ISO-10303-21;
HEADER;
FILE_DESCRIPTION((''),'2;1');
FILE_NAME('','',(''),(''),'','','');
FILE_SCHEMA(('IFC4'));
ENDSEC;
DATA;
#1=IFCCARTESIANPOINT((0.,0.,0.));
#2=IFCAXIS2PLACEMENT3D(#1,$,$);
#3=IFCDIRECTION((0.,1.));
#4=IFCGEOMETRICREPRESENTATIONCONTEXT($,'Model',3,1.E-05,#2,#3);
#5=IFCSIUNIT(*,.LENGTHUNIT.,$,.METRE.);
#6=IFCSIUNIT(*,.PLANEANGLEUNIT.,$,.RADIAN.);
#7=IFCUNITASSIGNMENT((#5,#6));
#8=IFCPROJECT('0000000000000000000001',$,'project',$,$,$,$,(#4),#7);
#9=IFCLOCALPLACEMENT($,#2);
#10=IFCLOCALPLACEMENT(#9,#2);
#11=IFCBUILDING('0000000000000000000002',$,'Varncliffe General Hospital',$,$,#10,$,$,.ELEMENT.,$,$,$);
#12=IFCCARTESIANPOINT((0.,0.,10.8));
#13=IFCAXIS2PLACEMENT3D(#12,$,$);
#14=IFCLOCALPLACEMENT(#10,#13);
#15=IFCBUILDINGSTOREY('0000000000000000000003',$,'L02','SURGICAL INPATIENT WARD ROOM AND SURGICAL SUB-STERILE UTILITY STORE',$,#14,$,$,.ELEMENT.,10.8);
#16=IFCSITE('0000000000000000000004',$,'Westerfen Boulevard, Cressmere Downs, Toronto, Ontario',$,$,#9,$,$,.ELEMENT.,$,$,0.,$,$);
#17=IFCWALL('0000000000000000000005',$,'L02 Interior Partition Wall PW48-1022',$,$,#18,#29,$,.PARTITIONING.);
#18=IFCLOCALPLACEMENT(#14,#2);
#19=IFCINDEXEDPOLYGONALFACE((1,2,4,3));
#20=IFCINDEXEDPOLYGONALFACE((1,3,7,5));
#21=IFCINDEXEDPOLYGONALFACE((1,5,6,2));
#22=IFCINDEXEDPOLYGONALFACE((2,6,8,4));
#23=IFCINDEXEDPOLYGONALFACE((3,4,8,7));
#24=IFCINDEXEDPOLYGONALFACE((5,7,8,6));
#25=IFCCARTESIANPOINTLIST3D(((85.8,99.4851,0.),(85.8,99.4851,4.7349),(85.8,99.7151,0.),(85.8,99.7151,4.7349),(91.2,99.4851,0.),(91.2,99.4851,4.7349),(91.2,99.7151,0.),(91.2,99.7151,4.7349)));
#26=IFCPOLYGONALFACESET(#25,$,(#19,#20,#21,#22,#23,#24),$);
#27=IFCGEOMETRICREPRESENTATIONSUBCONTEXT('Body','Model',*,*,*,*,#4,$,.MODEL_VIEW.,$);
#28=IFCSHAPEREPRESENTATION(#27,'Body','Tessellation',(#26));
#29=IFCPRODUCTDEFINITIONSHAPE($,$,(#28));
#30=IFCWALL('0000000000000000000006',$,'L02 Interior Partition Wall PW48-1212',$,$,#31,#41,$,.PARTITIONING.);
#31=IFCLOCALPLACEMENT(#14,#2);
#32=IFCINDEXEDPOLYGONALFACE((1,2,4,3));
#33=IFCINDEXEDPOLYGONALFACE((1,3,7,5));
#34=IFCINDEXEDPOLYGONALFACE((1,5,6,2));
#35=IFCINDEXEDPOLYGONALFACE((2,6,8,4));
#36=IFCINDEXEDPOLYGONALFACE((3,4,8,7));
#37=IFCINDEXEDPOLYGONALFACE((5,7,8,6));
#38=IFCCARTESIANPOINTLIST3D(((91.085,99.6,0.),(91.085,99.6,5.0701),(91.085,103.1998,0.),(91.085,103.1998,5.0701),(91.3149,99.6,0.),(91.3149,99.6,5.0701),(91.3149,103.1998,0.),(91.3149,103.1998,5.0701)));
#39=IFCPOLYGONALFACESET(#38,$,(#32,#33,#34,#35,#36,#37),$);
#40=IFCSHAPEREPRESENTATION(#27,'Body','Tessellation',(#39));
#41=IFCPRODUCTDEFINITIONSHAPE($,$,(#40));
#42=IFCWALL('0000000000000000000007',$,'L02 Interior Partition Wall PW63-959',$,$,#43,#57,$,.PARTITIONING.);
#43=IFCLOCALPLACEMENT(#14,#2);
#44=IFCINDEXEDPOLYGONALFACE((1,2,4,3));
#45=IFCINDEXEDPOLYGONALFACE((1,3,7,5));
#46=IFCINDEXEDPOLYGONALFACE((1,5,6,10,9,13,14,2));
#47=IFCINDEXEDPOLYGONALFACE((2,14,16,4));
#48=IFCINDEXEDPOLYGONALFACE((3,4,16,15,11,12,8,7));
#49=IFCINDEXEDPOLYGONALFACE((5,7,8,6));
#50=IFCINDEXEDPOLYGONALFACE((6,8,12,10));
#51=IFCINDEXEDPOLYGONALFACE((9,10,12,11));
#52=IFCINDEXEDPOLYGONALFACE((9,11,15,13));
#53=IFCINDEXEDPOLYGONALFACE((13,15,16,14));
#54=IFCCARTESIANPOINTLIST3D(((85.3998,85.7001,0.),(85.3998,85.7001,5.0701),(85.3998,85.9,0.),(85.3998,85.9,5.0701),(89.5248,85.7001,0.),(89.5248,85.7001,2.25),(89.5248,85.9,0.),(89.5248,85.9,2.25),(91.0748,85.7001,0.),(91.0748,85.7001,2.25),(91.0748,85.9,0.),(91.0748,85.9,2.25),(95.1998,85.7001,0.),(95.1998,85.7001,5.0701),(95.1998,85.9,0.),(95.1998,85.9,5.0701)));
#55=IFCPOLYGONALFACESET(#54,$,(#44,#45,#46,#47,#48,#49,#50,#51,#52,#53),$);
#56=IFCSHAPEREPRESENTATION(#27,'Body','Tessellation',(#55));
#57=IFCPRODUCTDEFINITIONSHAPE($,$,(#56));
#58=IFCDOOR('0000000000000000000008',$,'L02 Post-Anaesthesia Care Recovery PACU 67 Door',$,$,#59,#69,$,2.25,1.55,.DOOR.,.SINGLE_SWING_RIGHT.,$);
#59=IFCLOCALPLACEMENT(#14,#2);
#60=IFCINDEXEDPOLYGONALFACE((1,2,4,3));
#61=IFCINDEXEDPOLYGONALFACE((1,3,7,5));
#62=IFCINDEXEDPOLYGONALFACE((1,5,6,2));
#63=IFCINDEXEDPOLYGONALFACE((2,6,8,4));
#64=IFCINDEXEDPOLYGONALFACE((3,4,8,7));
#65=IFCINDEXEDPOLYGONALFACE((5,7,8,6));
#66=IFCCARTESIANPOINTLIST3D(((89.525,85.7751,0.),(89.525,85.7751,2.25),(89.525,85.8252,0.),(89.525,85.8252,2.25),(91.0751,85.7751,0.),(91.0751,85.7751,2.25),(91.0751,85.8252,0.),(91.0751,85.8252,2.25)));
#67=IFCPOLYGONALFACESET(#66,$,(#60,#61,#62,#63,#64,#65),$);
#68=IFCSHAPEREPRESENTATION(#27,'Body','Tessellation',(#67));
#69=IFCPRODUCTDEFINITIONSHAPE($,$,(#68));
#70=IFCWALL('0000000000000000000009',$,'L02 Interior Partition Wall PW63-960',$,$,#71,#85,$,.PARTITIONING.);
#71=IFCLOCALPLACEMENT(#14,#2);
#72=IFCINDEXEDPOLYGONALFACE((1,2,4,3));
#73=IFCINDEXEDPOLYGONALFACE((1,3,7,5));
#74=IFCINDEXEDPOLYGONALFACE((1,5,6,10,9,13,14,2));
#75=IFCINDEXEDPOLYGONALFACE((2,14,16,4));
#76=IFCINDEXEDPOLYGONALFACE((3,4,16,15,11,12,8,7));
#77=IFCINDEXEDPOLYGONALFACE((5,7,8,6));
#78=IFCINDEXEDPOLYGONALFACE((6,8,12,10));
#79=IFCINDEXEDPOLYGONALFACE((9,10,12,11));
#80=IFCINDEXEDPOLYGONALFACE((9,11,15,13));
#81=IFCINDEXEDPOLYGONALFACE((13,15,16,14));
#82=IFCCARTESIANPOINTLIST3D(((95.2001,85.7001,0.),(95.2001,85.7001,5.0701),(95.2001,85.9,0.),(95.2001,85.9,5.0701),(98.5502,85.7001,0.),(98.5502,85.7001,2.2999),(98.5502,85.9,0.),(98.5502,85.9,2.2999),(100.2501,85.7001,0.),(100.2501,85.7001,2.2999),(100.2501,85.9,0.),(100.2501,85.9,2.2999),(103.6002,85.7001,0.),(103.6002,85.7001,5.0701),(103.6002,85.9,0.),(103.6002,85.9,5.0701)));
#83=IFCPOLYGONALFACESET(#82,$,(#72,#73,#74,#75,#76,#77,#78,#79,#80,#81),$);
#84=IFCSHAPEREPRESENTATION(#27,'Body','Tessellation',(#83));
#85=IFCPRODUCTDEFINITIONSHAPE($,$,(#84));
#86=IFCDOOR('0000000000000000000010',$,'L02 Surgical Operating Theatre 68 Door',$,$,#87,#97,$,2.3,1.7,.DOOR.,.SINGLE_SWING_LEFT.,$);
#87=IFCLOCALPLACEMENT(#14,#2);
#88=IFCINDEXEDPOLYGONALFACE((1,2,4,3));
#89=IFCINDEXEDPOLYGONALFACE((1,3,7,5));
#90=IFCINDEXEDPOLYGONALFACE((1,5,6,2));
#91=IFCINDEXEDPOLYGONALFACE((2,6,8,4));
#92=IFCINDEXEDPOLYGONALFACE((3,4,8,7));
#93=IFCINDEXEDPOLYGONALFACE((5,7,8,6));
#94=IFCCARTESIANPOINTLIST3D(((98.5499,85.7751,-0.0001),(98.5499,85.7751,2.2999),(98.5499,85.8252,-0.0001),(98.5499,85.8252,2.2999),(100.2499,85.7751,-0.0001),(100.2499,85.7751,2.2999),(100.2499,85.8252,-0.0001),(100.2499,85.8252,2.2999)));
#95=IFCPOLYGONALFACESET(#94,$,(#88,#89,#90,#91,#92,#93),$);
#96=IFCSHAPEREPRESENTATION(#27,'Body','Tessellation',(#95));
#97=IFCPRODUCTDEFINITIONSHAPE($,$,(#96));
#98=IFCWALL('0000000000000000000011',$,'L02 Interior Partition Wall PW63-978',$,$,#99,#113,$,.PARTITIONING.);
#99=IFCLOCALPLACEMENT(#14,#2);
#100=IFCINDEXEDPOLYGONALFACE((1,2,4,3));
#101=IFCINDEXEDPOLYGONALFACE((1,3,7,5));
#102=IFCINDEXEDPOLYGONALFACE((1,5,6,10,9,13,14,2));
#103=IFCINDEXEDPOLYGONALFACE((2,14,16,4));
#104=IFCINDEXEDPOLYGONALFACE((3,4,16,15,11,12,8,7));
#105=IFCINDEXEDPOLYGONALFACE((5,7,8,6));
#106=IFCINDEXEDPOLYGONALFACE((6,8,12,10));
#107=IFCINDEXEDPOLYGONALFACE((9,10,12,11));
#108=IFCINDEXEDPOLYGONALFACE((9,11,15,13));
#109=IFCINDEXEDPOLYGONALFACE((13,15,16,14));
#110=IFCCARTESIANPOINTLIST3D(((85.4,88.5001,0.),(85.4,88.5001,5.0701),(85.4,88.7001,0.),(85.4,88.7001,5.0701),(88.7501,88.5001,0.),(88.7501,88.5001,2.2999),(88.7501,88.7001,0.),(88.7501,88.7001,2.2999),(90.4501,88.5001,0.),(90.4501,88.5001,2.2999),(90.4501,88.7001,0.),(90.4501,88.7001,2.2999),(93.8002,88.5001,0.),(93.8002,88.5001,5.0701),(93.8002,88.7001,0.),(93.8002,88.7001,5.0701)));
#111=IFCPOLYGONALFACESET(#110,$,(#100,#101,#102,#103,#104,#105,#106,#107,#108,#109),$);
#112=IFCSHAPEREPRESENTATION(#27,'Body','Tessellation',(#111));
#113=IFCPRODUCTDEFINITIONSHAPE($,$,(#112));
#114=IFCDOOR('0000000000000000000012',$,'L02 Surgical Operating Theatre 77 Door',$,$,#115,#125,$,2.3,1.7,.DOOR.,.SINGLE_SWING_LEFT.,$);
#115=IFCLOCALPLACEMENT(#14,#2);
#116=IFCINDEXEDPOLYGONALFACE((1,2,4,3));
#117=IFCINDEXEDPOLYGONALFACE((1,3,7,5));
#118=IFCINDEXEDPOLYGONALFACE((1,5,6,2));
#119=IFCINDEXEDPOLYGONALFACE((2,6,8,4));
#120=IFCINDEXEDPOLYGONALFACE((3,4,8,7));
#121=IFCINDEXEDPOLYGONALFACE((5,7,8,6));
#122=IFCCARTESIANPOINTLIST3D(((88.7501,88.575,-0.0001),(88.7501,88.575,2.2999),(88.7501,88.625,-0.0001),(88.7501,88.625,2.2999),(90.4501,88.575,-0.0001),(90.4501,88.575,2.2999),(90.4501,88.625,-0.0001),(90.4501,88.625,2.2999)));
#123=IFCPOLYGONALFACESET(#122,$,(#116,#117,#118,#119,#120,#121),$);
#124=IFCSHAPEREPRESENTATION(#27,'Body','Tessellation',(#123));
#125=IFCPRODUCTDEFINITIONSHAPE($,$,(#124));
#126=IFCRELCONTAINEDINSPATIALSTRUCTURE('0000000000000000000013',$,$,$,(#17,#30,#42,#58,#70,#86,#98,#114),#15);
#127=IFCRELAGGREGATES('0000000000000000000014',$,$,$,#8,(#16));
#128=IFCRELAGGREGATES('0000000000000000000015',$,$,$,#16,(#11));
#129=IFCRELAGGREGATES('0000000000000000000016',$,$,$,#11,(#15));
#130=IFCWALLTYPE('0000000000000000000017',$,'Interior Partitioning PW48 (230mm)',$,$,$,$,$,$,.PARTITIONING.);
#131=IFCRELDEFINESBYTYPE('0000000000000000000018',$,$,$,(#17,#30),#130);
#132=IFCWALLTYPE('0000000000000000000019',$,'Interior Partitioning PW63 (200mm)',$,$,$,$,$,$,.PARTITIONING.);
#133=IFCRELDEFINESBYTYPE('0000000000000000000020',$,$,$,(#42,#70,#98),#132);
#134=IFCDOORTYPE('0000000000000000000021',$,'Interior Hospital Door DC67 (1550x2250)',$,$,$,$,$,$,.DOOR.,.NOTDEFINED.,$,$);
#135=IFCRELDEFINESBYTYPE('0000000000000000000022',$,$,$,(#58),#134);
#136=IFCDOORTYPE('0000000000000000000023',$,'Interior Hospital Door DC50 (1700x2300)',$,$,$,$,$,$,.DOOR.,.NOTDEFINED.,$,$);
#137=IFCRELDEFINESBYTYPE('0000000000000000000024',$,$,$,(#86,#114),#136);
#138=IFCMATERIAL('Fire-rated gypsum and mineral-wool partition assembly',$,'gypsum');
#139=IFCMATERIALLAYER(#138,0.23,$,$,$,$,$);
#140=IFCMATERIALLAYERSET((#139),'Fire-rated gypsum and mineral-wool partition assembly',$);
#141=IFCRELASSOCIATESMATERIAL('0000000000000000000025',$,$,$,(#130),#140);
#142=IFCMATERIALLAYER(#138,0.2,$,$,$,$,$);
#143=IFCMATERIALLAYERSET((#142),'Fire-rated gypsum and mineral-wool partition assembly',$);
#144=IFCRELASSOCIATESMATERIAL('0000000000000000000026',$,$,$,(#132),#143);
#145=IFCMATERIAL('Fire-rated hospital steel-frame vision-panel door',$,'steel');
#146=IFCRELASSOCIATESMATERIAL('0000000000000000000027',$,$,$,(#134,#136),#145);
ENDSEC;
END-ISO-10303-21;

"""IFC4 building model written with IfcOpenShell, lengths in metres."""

from ifc_helpers import new_model, si_unit, direction, frame, frame_2d, origin, place, context, subcontext, project, spatial, rectangle, extrude, material, layer, layer_set, type_object, element, fill, save


model = new_model("IFC4")

# Units and contexts
model_context = context("Model", 3, precision=1e-05, world=origin(), true_north=direction((0.0, 1.0)))
body_context = subcontext(model_context, "Body", "Model", "MODEL_VIEW")
ifc_project = project(units=[si_unit("LENGTHUNIT", "METRE"), si_unit("PLANEANGLEUNIT", "RADIAN")], contexts=[model_context])

# Site, building, storey
site_placement = place(None, origin())
site = spatial("IfcSite", under=ifc_project, at=site_placement, Name="Westerfen Boulevard, Cressmere Downs, Toronto, Ontario", CompositionType="ELEMENT", RefElevation=0.0)
building_placement = place(site_placement, origin())
building = spatial("IfcBuilding", under=site, at=building_placement, Name="Varncliffe General Hospital", CompositionType="ELEMENT")
storey_placement = place(building_placement, frame((0.0, 0.0, 10.8)))
storey = spatial("IfcBuildingStorey", under=building, at=storey_placement, Name="L02", Description="SURGICAL INPATIENT WARD ROOM AND SURGICAL SUB-STERILE UTILITY STORE", CompositionType="ELEMENT", Elevation=10.8)

# Walls
ifc_material_1 = material(Name="Fire-rated gypsum and mineral-wool partition assembly", Category="gypsum")
ifc_layer_1 = layer(ifc_material_1, 0.23)
ifc_layer_set_1 = layer_set([ifc_layer_1], Name="Fire-rated gypsum and mineral-wool partition assembly")
wall_type_1 = type_object("IfcWallType", Name="Interior Partitioning PW48 (230mm)", PredefinedType="PARTITIONING", material=ifc_layer_set_1)
wall_1_placement = place(storey_placement, frame((85.8, 99.6001, 0.0), z_axis=(0.0, 0.0, 1.0), x_axis=(1.0, 0.0, 0.0)))
element("IfcWall", 1, at=wall_1_placement, inside=storey, type_object=wall_type_1, Name="L02 Interior Partition Wall PW48-1022", PredefinedType="PARTITIONING", context=body_context, shape_type="SweptSolid", body=[
    extrude(rectangle(XDim=5.3999, YDim=0.23, at=frame_2d((2.7, 0.0))), origin(), (0.0, 0.0, 1.0), 4.7349),
])
wall_2_placement = place(storey_placement, frame((91.2, 99.6001, 0.0), z_axis=(0.0, 0.0, 1.0), x_axis=(0.0, 1.0, 0.0)))
element("IfcWall", 2, at=wall_2_placement, inside=storey, type_object=wall_type_1, Name="L02 Interior Partition Wall PW48-1212", PredefinedType="PARTITIONING", context=body_context, shape_type="SweptSolid", body=[
    extrude(rectangle(XDim=3.5999, YDim=0.23, at=frame_2d((1.7998, 0.0))), origin(), (0.0, 0.0, 1.0), 5.0701),
])

# Walls, openings, doors
ifc_layer_2 = layer(ifc_material_1, 0.2)
ifc_layer_set_2 = layer_set([ifc_layer_2], Name="Fire-rated gypsum and mineral-wool partition assembly")
wall_type_2 = type_object("IfcWallType", Name="Interior Partitioning PW63 (200mm)", PredefinedType="PARTITIONING", material=ifc_layer_set_2)
wall_3_placement = place(storey_placement, frame((85.3999, 85.8, 0.0), z_axis=(0.0, 0.0, 1.0), x_axis=(1.0, 0.0, 0.0)))
wall_3 = element("IfcWall", 3, at=wall_3_placement, inside=storey, type_object=wall_type_2, Name="L02 Interior Partition Wall PW63-959", PredefinedType="PARTITIONING", context=body_context, shape_type="SweptSolid", body=[
    extrude(rectangle(XDim=9.8, YDim=0.2, at=frame_2d((4.8999, 0.0))), origin(), (0.0, 0.0, 1.0), 5.0701),
])
opening_1_placement = place(wall_3_placement, frame((4.125, 0.0, 0.0)))
opening_1 = element("IfcOpeningElement", 4, at=opening_1_placement, cuts=wall_3, PredefinedType="OPENING", context=body_context, shape_type="SweptSolid", body=[
    extrude(rectangle(XDim=1.55, YDim=2.25, at=frame_2d((0.7749, 1.125))), frame((0.0, 0.1099, 0.0), z_axis=(0.0, -1.0, 0.0), x_axis=(1.0, 0.0, 0.0)), (0.0, 0.0, 1.0), 0.22),
])
ifc_material_2 = material(Name="Fire-rated hospital steel-frame vision-panel door", Category="steel")
door_type_1 = type_object("IfcDoorType", Name="Interior Hospital Door DC67 (1550x2250)", OperationType="NOTDEFINED", PredefinedType="DOOR", material=ifc_material_2)
door_1_placement = place(opening_1_placement, frame((1.55, 0.0, 0.0), z_axis=(0.0, 0.0, 1.0), x_axis=(-1.0, 0.0, 0.0)))
door_1 = element("IfcDoor", 5, at=door_1_placement, inside=storey, type_object=door_type_1, Name="L02 Post-Anaesthesia Care Recovery PACU 67 Door", OperationType="SINGLE_SWING_RIGHT", OverallHeight=2.25, OverallWidth=1.55, PredefinedType="DOOR", context=body_context, shape_type="SweptSolid", body=[
    extrude(rectangle(XDim=1.55, YDim=2.25, at=frame_2d((0.7749, 1.125))), frame((0.0, 0.0249, 0.0), z_axis=(0.0, -1.0, 0.0), x_axis=(1.0, 0.0, 0.0)), (0.0, 0.0, 1.0), 0.05),
])
fill(opening_1, door_1)
wall_4_placement = place(storey_placement, frame((95.2, 85.8, 0.0), z_axis=(0.0, 0.0, 1.0), x_axis=(1.0, 0.0, 0.0)))
wall_4 = element("IfcWall", 6, at=wall_4_placement, inside=storey, type_object=wall_type_2, Name="L02 Interior Partition Wall PW63-960", PredefinedType="PARTITIONING", context=body_context, shape_type="SweptSolid", body=[
    extrude(rectangle(XDim=8.4001, YDim=0.2, at=frame_2d((4.2002, 0.0))), origin(), (0.0, 0.0, 1.0), 5.0701),
])
opening_2_placement = place(wall_4_placement, frame((3.3501, 0.0, 0.0)))
opening_2 = element("IfcOpeningElement", 7, at=opening_2_placement, cuts=wall_4, PredefinedType="OPENING", context=body_context, shape_type="SweptSolid", body=[
    extrude(rectangle(XDim=1.7, YDim=2.3, at=frame_2d((0.8501, 1.1499))), frame((0.0, 0.1099, 0.0), z_axis=(0.0, -1.0, 0.0), x_axis=(1.0, 0.0, 0.0)), (0.0, 0.0, 1.0), 0.22),
])
door_type_2 = type_object("IfcDoorType", Name="Interior Hospital Door DC50 (1700x2300)", OperationType="NOTDEFINED", PredefinedType="DOOR", material=ifc_material_2)
door_2_placement = place(opening_2_placement, frame((1.7, 0.0, 0.0), z_axis=(0.0, 0.0, 1.0), x_axis=(-1.0, 0.0, 0.0)))
door_2 = element("IfcDoor", 8, at=door_2_placement, inside=storey, type_object=door_type_2, Name="L02 Surgical Operating Theatre 68 Door", OperationType="SINGLE_SWING_LEFT", OverallHeight=2.3, OverallWidth=1.7, PredefinedType="DOOR", context=body_context, shape_type="SweptSolid", body=[
    extrude(rectangle(XDim=1.7, YDim=2.3, at=frame_2d((0.8501, 1.1499))), frame((0.0, 0.0249, 0.0), z_axis=(0.0, -1.0, 0.0), x_axis=(1.0, 0.0, 0.0)), (0.0, 0.0, 1.0), 0.05),
])
fill(opening_2, door_2)
wall_5_placement = place(storey_placement, frame((85.3999, 88.6001, 0.0), z_axis=(0.0, 0.0, 1.0), x_axis=(1.0, 0.0, 0.0)))
wall_5 = element("IfcWall", 9, at=wall_5_placement, inside=storey, type_object=wall_type_2, Name="L02 Interior Partition Wall PW63-978", PredefinedType="PARTITIONING", context=body_context, shape_type="SweptSolid", body=[
    extrude(rectangle(XDim=8.4001, YDim=0.2, at=frame_2d((4.2002, 0.0))), origin(), (0.0, 0.0, 1.0), 5.0701),
])
opening_3_placement = place(wall_5_placement, frame((3.3501, 0.0, 0.0)))
opening_3 = element("IfcOpeningElement", 10, at=opening_3_placement, cuts=wall_5, PredefinedType="OPENING", context=body_context, shape_type="SweptSolid", body=[
    extrude(rectangle(XDim=1.7, YDim=2.3, at=frame_2d((0.8501, 1.1499))), frame((0.0, 0.1099, 0.0), z_axis=(0.0, -1.0, 0.0), x_axis=(1.0, 0.0, 0.0)), (0.0, 0.0, 1.0), 0.22),
])
door_3_placement = place(opening_3_placement, origin())
door_3 = element("IfcDoor", 11, at=door_3_placement, inside=storey, type_object=door_type_2, Name="L02 Surgical Operating Theatre 77 Door", OperationType="SINGLE_SWING_LEFT", OverallHeight=2.3, OverallWidth=1.7, PredefinedType="DOOR", context=body_context, shape_type="SweptSolid", body=[
    extrude(rectangle(XDim=1.7, YDim=2.3, at=frame_2d((0.8501, 1.1499))), frame((0.0, 0.0249, 0.0), z_axis=(0.0, -1.0, 0.0), x_axis=(1.0, 0.0, 0.0)), (0.0, 0.0, 1.0), 0.05),
])
fill(opening_3, door_3)

save(model, "model.ifc")
